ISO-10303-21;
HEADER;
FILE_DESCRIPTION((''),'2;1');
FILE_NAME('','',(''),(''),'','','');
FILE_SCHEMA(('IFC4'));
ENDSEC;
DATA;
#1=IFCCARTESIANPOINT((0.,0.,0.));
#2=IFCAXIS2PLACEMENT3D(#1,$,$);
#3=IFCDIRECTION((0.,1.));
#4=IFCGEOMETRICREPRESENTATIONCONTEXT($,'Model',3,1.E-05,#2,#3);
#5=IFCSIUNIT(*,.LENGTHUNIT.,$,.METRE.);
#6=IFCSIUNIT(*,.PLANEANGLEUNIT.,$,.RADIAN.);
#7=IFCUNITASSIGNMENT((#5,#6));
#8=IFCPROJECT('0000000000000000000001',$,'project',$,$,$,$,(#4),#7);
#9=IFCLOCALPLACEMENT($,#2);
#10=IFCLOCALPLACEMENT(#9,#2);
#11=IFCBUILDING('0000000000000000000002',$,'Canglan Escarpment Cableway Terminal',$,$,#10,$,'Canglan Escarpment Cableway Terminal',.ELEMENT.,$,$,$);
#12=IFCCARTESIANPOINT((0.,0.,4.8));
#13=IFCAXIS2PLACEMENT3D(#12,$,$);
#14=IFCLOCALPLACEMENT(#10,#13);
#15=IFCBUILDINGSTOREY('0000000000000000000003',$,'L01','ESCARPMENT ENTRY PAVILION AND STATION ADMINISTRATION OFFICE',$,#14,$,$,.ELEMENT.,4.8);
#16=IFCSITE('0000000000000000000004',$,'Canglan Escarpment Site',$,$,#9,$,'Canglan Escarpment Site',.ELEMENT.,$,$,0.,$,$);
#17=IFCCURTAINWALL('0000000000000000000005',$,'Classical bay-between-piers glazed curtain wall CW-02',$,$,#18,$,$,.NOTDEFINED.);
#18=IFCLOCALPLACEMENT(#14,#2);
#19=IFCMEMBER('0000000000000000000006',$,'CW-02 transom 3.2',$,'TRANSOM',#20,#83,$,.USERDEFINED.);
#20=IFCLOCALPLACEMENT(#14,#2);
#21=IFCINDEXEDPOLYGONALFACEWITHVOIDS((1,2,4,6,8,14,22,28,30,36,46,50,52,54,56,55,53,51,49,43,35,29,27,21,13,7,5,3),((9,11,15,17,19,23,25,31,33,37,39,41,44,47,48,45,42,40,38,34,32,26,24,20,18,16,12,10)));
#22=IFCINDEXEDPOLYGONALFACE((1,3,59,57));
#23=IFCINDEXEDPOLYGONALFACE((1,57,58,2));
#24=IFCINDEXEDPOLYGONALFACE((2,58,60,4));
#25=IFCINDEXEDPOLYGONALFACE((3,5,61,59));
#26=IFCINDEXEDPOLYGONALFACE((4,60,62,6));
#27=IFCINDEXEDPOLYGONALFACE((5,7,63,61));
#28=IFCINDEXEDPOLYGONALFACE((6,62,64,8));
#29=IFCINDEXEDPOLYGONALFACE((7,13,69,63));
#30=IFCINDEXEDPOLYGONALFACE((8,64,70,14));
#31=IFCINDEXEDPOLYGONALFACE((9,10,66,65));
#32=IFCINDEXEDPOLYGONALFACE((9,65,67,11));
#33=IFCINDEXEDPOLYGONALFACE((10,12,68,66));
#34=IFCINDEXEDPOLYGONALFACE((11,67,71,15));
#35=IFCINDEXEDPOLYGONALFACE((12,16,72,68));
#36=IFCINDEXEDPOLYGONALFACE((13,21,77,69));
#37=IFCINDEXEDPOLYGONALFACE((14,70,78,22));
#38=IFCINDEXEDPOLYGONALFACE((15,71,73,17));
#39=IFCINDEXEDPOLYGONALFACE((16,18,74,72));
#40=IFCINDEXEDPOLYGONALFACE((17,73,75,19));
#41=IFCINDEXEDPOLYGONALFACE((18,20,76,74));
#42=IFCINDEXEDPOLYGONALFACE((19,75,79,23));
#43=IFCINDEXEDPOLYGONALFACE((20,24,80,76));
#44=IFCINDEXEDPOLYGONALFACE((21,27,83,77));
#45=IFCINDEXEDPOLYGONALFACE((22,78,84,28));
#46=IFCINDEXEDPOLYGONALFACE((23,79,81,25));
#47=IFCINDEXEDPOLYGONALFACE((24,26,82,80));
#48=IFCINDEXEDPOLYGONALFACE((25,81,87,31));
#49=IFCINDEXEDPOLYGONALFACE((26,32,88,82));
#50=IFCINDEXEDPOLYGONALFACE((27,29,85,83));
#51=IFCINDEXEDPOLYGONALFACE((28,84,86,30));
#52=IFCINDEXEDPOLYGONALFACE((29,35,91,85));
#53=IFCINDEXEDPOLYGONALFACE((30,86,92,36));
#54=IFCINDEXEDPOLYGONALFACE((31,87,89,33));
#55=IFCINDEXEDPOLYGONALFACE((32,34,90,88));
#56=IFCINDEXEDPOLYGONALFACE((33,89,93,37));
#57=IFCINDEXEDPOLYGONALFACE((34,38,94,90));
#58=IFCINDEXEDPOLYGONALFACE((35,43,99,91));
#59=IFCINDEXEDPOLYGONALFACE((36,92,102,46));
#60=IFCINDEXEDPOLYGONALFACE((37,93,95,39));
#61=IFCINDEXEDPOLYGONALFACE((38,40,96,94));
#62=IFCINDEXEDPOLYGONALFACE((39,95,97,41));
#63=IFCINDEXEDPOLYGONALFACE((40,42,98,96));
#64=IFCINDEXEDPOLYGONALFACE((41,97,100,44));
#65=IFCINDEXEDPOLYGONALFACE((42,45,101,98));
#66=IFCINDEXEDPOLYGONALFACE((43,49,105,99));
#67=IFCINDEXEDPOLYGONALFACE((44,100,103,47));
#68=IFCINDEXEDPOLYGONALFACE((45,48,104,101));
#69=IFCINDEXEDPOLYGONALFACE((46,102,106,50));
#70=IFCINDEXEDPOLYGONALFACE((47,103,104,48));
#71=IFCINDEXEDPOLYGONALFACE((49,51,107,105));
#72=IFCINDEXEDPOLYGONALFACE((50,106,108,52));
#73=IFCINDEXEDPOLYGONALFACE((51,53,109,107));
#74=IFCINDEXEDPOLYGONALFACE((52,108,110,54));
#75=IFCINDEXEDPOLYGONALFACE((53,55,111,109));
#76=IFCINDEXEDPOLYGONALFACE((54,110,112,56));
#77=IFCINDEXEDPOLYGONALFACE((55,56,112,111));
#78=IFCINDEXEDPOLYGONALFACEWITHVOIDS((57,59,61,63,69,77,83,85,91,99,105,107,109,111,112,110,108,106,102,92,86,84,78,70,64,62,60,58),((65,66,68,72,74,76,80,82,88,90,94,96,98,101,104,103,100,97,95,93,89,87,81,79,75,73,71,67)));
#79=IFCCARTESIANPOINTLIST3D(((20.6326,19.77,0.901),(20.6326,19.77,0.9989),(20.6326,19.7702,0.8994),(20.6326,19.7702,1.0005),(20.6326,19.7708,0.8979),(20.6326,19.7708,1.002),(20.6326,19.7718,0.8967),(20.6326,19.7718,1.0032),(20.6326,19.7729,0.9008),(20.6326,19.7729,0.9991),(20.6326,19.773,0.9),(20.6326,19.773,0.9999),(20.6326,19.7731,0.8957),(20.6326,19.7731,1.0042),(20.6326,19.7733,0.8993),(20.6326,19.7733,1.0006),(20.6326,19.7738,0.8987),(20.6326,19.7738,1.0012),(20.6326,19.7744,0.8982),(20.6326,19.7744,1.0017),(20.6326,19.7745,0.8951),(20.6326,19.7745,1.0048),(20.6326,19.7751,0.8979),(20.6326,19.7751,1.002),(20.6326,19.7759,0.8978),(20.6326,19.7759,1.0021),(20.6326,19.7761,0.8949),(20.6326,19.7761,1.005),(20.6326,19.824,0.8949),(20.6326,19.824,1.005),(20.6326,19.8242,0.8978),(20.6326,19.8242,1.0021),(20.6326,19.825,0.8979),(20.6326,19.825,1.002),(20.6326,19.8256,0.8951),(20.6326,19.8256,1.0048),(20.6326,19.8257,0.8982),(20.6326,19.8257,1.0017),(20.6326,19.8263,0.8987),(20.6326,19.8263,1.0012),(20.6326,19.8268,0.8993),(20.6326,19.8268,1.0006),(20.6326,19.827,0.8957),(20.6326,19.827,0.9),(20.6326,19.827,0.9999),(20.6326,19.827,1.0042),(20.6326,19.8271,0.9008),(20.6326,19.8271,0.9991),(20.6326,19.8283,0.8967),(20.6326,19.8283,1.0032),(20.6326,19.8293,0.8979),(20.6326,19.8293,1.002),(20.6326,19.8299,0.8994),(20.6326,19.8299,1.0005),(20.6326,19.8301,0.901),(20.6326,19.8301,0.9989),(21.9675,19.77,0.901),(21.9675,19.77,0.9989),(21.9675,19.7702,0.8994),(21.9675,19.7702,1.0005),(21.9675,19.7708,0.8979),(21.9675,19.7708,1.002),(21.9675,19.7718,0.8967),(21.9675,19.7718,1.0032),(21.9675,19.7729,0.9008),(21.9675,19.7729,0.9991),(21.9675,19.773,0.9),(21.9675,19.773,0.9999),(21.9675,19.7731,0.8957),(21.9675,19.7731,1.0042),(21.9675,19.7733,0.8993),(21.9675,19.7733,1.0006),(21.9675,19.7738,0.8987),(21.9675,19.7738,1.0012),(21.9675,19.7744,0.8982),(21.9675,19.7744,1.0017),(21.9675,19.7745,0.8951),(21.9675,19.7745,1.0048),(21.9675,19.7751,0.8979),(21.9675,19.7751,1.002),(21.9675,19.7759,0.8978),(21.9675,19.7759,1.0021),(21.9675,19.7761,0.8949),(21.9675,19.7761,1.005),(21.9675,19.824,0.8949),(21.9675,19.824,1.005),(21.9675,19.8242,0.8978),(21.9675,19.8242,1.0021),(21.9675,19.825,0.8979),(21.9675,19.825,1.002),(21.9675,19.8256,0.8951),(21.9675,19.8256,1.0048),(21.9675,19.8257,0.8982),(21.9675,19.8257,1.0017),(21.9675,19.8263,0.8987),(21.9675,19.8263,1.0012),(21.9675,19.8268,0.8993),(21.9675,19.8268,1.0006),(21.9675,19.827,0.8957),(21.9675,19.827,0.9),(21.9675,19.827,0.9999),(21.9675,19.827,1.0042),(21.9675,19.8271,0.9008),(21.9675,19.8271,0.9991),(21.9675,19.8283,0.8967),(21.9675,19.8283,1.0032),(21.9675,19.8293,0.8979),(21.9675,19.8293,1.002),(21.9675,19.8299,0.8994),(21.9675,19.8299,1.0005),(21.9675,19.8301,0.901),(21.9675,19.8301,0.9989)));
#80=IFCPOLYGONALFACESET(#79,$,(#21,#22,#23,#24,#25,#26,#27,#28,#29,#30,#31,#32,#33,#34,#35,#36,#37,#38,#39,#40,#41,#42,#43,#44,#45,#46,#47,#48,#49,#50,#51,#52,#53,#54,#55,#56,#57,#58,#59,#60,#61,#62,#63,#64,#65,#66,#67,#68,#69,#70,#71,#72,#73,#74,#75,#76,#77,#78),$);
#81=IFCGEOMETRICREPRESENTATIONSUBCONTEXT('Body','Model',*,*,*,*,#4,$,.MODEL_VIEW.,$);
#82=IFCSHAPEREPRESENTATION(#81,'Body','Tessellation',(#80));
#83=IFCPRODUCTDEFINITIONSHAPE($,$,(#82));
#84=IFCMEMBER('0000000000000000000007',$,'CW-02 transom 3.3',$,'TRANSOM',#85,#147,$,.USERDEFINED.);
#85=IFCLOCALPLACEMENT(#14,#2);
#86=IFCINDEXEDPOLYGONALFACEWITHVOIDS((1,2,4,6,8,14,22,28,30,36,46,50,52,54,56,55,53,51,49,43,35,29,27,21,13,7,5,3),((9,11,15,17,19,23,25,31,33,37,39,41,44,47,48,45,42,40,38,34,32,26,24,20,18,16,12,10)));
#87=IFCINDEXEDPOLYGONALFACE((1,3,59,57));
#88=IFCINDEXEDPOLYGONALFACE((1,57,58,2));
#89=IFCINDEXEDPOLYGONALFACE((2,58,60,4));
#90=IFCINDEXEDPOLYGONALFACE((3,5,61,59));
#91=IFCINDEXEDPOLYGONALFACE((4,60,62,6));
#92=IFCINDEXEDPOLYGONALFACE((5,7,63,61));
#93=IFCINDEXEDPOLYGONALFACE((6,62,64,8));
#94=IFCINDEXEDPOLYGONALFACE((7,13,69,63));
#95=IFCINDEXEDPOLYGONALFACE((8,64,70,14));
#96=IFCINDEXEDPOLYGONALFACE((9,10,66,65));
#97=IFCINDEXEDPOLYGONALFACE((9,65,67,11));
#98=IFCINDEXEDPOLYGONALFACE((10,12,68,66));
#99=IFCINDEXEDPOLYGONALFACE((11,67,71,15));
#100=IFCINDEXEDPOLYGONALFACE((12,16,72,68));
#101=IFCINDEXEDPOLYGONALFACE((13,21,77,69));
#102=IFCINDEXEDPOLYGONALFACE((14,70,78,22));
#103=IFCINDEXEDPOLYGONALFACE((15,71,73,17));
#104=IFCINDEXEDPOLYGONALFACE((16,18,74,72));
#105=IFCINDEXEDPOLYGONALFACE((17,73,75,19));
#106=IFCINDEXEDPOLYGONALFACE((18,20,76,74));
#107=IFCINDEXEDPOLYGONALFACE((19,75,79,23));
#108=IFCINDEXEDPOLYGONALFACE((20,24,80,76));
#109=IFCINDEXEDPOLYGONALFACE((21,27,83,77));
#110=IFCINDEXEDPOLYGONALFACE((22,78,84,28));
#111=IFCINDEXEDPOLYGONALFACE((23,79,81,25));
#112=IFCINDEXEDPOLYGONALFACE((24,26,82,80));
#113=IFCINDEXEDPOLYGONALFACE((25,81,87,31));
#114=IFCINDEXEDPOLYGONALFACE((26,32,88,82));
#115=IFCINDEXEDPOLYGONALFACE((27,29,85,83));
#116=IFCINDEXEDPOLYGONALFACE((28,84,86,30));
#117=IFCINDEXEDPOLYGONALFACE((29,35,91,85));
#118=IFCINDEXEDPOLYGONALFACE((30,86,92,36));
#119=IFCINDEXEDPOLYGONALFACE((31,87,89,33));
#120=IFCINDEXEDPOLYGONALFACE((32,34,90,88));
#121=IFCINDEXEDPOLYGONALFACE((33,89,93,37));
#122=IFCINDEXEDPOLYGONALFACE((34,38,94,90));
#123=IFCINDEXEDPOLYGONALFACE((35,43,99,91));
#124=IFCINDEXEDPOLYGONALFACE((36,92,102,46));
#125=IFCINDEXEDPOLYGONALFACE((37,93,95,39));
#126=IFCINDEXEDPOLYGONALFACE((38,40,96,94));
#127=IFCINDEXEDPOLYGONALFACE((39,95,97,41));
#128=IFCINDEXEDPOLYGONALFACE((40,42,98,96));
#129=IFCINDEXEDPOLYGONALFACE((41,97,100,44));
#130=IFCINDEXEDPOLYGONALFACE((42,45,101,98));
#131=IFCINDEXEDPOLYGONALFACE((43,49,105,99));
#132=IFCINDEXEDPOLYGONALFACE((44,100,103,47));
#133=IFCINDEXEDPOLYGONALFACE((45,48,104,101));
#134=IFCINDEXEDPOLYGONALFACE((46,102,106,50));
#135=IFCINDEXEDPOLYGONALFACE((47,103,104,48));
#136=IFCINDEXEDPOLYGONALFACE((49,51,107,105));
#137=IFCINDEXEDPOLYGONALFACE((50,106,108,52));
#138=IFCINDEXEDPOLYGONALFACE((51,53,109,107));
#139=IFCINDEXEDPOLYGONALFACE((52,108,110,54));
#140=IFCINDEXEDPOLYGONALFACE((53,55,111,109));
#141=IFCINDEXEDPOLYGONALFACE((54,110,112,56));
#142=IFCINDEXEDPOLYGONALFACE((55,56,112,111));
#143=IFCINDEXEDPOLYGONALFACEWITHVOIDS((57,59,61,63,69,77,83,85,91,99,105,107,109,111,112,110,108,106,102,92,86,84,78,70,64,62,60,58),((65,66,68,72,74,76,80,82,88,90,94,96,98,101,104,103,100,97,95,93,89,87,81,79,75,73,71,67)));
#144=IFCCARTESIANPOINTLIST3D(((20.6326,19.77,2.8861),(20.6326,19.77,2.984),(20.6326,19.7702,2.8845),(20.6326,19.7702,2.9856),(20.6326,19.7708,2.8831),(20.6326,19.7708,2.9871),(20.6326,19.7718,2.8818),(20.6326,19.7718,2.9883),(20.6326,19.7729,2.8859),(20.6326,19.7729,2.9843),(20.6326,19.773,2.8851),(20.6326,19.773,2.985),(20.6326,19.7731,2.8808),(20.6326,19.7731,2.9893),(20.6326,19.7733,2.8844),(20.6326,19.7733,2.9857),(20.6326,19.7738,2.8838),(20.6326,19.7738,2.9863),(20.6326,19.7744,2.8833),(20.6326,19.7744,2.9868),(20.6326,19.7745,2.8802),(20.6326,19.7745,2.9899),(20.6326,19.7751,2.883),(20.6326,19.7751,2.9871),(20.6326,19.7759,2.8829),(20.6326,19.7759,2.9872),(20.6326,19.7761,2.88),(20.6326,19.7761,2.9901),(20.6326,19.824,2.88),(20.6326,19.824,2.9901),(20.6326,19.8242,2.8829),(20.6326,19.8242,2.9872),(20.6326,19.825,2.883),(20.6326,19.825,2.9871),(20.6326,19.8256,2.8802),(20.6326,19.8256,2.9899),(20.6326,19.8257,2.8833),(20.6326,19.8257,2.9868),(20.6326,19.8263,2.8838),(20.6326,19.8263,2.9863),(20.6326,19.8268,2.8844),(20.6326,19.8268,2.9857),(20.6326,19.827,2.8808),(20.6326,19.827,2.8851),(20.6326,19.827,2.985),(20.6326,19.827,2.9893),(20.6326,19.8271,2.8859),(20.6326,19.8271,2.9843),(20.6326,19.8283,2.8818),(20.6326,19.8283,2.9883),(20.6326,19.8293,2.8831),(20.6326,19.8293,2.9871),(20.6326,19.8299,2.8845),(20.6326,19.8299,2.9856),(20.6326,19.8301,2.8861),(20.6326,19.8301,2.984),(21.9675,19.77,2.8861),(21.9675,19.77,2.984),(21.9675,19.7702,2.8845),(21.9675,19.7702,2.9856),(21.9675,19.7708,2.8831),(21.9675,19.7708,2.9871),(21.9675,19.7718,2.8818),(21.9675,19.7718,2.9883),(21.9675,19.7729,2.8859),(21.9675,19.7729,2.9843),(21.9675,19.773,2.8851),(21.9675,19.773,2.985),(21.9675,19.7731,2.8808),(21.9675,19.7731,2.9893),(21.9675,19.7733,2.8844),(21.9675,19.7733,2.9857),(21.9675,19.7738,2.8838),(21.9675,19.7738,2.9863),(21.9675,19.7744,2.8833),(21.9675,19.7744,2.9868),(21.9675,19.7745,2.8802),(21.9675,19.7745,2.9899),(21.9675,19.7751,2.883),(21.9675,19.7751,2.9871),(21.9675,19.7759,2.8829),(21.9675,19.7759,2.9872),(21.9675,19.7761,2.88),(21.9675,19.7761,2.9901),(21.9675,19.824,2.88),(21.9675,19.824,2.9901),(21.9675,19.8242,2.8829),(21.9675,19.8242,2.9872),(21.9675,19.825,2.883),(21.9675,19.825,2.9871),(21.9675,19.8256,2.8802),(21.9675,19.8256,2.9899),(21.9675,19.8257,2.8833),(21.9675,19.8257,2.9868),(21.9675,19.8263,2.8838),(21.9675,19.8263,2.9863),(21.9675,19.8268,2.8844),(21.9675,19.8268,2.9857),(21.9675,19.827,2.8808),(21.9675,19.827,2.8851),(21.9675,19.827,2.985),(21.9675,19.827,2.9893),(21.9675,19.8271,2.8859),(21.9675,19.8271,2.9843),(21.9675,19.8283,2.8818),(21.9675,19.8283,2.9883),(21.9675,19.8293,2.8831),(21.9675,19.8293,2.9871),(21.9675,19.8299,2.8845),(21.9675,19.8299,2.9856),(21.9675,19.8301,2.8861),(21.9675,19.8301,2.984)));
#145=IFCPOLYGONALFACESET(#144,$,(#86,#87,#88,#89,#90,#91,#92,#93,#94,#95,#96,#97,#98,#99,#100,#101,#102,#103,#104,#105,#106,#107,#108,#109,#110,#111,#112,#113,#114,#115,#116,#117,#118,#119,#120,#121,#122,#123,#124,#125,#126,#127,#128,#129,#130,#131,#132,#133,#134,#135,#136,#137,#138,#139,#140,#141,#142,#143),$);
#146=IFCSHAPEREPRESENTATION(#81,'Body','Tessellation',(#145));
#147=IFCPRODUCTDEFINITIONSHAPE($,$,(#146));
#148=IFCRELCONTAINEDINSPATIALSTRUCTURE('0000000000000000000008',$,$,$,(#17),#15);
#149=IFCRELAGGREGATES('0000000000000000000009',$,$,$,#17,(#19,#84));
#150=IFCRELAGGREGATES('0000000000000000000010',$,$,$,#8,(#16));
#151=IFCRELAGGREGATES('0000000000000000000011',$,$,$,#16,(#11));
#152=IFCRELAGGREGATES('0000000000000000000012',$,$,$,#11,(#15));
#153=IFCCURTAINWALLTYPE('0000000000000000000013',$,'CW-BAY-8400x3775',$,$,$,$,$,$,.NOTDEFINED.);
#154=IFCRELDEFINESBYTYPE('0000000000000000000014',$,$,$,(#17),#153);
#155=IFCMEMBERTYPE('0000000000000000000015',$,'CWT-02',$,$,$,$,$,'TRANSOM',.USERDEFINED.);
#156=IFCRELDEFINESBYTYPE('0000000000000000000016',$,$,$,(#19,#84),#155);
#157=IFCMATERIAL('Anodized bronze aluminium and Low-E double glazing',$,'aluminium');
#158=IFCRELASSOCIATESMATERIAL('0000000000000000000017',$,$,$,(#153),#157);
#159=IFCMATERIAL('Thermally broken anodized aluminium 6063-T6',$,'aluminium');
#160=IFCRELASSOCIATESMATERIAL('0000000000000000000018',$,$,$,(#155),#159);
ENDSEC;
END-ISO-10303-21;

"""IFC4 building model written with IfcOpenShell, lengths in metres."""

from ifc_helpers import new_model, si_unit, direction, frame, origin, origin_2d, place, context, subcontext, project, spatial, hollow_rectangle, extrude, material, material_profile, profile_set, type_object, element, aggregate, save


model = new_model("IFC4")

# Units and contexts
model_context = context("Model", 3, precision=1e-05, world=origin(), true_north=direction((0.0, 1.0)))
body_context = subcontext(model_context, "Body", "Model", "MODEL_VIEW")
ifc_project = project(units=[si_unit("LENGTHUNIT", "METRE"), si_unit("PLANEANGLEUNIT", "RADIAN")], contexts=[model_context])

# Site, building, storey
site_placement = place(None, origin())
site = spatial("IfcSite", under=ifc_project, at=site_placement, Name="Canglan Escarpment Site", LongName="Canglan Escarpment Site", CompositionType="ELEMENT", RefElevation=0.0)
building_placement = place(site_placement, origin())
building = spatial("IfcBuilding", under=site, at=building_placement, Name="Canglan Escarpment Cableway Terminal", LongName="Canglan Escarpment Cableway Terminal", CompositionType="ELEMENT")
storey_placement = place(building_placement, frame((0.0, 0.0, 4.8)))
storey = spatial("IfcBuildingStorey", under=building, at=storey_placement, Name="L01", Description="ESCARPMENT ENTRY PAVILION AND STATION ADMINISTRATION OFFICE", CompositionType="ELEMENT", Elevation=4.8)

# Curtain wall, members
ifc_material_1 = material(Name="Anodized bronze aluminium and Low-E double glazing", Category="aluminium")
curtain_wall_type = type_object("IfcCurtainWallType", Name="CW-BAY-8400x3775", PredefinedType="NOTDEFINED", material=ifc_material_1)
curtain_wall_placement = place(storey_placement, origin())
curtain_wall = element("IfcCurtainWall", 1, at=curtain_wall_placement, inside=storey, type_object=curtain_wall_type, Name="Classical bay-between-piers glazed curtain wall CW-02", PredefinedType="NOTDEFINED")
ifc_material_2 = material(Name="Thermally broken anodized aluminium 6063-T6", Category="aluminium")
ifc_material_profile_1 = material_profile(ifc_material_2, hollow_rectangle(XDim=0.0601, YDim=0.1101, WallThickness=0.0029, InnerFilletRadius=0.0029, OuterFilletRadius=0.0061, at=origin_2d()), Name="ALU-TRAN 60x110x3")
ifc_profile_set_1 = profile_set([ifc_material_profile_1], Name="Thermally broken anodized aluminium 6063-T6")
member_type_1 = type_object("IfcMemberType", Name="CWT-02", ElementType="TRANSOM", PredefinedType="USERDEFINED", material=ifc_profile_set_1)
member_1_placement = place(storey_placement, frame((21.9675, 19.8, 0.95), z_axis=(-1.0, 0.0, 0.0), x_axis=(0.0, -1.0, 0.0)))
member_1 = element("IfcMember", 2, at=member_1_placement, type_object=member_type_1, Name="CW-02 transom 3.2", ObjectType="TRANSOM", PredefinedType="USERDEFINED", context=body_context, shape_type="SweptSolid", body=[
    extrude(hollow_rectangle(XDim=0.0601, YDim=0.1101, WallThickness=0.0029, InnerFilletRadius=0.0029, OuterFilletRadius=0.0061, at=origin_2d()), origin(), (0.0, 0.0, 1.0), 1.335),
])
member_2_placement = place(storey_placement, frame((21.9675, 19.8, 2.9351), z_axis=(-1.0, 0.0, 0.0), x_axis=(0.0, -1.0, 0.0)))
member_2 = element("IfcMember", 3, at=member_2_placement, type_object=member_type_1, Name="CW-02 transom 3.3", ObjectType="TRANSOM", PredefinedType="USERDEFINED", context=body_context, shape_type="SweptSolid", body=[
    extrude(hollow_rectangle(XDim=0.0601, YDim=0.1101, WallThickness=0.0029, InnerFilletRadius=0.0029, OuterFilletRadius=0.0061, at=origin_2d()), origin(), (0.0, 0.0, 1.0), 1.335),
])

aggregate(curtain_wall, [member_1, member_2])

save(model, "model.ifc")
